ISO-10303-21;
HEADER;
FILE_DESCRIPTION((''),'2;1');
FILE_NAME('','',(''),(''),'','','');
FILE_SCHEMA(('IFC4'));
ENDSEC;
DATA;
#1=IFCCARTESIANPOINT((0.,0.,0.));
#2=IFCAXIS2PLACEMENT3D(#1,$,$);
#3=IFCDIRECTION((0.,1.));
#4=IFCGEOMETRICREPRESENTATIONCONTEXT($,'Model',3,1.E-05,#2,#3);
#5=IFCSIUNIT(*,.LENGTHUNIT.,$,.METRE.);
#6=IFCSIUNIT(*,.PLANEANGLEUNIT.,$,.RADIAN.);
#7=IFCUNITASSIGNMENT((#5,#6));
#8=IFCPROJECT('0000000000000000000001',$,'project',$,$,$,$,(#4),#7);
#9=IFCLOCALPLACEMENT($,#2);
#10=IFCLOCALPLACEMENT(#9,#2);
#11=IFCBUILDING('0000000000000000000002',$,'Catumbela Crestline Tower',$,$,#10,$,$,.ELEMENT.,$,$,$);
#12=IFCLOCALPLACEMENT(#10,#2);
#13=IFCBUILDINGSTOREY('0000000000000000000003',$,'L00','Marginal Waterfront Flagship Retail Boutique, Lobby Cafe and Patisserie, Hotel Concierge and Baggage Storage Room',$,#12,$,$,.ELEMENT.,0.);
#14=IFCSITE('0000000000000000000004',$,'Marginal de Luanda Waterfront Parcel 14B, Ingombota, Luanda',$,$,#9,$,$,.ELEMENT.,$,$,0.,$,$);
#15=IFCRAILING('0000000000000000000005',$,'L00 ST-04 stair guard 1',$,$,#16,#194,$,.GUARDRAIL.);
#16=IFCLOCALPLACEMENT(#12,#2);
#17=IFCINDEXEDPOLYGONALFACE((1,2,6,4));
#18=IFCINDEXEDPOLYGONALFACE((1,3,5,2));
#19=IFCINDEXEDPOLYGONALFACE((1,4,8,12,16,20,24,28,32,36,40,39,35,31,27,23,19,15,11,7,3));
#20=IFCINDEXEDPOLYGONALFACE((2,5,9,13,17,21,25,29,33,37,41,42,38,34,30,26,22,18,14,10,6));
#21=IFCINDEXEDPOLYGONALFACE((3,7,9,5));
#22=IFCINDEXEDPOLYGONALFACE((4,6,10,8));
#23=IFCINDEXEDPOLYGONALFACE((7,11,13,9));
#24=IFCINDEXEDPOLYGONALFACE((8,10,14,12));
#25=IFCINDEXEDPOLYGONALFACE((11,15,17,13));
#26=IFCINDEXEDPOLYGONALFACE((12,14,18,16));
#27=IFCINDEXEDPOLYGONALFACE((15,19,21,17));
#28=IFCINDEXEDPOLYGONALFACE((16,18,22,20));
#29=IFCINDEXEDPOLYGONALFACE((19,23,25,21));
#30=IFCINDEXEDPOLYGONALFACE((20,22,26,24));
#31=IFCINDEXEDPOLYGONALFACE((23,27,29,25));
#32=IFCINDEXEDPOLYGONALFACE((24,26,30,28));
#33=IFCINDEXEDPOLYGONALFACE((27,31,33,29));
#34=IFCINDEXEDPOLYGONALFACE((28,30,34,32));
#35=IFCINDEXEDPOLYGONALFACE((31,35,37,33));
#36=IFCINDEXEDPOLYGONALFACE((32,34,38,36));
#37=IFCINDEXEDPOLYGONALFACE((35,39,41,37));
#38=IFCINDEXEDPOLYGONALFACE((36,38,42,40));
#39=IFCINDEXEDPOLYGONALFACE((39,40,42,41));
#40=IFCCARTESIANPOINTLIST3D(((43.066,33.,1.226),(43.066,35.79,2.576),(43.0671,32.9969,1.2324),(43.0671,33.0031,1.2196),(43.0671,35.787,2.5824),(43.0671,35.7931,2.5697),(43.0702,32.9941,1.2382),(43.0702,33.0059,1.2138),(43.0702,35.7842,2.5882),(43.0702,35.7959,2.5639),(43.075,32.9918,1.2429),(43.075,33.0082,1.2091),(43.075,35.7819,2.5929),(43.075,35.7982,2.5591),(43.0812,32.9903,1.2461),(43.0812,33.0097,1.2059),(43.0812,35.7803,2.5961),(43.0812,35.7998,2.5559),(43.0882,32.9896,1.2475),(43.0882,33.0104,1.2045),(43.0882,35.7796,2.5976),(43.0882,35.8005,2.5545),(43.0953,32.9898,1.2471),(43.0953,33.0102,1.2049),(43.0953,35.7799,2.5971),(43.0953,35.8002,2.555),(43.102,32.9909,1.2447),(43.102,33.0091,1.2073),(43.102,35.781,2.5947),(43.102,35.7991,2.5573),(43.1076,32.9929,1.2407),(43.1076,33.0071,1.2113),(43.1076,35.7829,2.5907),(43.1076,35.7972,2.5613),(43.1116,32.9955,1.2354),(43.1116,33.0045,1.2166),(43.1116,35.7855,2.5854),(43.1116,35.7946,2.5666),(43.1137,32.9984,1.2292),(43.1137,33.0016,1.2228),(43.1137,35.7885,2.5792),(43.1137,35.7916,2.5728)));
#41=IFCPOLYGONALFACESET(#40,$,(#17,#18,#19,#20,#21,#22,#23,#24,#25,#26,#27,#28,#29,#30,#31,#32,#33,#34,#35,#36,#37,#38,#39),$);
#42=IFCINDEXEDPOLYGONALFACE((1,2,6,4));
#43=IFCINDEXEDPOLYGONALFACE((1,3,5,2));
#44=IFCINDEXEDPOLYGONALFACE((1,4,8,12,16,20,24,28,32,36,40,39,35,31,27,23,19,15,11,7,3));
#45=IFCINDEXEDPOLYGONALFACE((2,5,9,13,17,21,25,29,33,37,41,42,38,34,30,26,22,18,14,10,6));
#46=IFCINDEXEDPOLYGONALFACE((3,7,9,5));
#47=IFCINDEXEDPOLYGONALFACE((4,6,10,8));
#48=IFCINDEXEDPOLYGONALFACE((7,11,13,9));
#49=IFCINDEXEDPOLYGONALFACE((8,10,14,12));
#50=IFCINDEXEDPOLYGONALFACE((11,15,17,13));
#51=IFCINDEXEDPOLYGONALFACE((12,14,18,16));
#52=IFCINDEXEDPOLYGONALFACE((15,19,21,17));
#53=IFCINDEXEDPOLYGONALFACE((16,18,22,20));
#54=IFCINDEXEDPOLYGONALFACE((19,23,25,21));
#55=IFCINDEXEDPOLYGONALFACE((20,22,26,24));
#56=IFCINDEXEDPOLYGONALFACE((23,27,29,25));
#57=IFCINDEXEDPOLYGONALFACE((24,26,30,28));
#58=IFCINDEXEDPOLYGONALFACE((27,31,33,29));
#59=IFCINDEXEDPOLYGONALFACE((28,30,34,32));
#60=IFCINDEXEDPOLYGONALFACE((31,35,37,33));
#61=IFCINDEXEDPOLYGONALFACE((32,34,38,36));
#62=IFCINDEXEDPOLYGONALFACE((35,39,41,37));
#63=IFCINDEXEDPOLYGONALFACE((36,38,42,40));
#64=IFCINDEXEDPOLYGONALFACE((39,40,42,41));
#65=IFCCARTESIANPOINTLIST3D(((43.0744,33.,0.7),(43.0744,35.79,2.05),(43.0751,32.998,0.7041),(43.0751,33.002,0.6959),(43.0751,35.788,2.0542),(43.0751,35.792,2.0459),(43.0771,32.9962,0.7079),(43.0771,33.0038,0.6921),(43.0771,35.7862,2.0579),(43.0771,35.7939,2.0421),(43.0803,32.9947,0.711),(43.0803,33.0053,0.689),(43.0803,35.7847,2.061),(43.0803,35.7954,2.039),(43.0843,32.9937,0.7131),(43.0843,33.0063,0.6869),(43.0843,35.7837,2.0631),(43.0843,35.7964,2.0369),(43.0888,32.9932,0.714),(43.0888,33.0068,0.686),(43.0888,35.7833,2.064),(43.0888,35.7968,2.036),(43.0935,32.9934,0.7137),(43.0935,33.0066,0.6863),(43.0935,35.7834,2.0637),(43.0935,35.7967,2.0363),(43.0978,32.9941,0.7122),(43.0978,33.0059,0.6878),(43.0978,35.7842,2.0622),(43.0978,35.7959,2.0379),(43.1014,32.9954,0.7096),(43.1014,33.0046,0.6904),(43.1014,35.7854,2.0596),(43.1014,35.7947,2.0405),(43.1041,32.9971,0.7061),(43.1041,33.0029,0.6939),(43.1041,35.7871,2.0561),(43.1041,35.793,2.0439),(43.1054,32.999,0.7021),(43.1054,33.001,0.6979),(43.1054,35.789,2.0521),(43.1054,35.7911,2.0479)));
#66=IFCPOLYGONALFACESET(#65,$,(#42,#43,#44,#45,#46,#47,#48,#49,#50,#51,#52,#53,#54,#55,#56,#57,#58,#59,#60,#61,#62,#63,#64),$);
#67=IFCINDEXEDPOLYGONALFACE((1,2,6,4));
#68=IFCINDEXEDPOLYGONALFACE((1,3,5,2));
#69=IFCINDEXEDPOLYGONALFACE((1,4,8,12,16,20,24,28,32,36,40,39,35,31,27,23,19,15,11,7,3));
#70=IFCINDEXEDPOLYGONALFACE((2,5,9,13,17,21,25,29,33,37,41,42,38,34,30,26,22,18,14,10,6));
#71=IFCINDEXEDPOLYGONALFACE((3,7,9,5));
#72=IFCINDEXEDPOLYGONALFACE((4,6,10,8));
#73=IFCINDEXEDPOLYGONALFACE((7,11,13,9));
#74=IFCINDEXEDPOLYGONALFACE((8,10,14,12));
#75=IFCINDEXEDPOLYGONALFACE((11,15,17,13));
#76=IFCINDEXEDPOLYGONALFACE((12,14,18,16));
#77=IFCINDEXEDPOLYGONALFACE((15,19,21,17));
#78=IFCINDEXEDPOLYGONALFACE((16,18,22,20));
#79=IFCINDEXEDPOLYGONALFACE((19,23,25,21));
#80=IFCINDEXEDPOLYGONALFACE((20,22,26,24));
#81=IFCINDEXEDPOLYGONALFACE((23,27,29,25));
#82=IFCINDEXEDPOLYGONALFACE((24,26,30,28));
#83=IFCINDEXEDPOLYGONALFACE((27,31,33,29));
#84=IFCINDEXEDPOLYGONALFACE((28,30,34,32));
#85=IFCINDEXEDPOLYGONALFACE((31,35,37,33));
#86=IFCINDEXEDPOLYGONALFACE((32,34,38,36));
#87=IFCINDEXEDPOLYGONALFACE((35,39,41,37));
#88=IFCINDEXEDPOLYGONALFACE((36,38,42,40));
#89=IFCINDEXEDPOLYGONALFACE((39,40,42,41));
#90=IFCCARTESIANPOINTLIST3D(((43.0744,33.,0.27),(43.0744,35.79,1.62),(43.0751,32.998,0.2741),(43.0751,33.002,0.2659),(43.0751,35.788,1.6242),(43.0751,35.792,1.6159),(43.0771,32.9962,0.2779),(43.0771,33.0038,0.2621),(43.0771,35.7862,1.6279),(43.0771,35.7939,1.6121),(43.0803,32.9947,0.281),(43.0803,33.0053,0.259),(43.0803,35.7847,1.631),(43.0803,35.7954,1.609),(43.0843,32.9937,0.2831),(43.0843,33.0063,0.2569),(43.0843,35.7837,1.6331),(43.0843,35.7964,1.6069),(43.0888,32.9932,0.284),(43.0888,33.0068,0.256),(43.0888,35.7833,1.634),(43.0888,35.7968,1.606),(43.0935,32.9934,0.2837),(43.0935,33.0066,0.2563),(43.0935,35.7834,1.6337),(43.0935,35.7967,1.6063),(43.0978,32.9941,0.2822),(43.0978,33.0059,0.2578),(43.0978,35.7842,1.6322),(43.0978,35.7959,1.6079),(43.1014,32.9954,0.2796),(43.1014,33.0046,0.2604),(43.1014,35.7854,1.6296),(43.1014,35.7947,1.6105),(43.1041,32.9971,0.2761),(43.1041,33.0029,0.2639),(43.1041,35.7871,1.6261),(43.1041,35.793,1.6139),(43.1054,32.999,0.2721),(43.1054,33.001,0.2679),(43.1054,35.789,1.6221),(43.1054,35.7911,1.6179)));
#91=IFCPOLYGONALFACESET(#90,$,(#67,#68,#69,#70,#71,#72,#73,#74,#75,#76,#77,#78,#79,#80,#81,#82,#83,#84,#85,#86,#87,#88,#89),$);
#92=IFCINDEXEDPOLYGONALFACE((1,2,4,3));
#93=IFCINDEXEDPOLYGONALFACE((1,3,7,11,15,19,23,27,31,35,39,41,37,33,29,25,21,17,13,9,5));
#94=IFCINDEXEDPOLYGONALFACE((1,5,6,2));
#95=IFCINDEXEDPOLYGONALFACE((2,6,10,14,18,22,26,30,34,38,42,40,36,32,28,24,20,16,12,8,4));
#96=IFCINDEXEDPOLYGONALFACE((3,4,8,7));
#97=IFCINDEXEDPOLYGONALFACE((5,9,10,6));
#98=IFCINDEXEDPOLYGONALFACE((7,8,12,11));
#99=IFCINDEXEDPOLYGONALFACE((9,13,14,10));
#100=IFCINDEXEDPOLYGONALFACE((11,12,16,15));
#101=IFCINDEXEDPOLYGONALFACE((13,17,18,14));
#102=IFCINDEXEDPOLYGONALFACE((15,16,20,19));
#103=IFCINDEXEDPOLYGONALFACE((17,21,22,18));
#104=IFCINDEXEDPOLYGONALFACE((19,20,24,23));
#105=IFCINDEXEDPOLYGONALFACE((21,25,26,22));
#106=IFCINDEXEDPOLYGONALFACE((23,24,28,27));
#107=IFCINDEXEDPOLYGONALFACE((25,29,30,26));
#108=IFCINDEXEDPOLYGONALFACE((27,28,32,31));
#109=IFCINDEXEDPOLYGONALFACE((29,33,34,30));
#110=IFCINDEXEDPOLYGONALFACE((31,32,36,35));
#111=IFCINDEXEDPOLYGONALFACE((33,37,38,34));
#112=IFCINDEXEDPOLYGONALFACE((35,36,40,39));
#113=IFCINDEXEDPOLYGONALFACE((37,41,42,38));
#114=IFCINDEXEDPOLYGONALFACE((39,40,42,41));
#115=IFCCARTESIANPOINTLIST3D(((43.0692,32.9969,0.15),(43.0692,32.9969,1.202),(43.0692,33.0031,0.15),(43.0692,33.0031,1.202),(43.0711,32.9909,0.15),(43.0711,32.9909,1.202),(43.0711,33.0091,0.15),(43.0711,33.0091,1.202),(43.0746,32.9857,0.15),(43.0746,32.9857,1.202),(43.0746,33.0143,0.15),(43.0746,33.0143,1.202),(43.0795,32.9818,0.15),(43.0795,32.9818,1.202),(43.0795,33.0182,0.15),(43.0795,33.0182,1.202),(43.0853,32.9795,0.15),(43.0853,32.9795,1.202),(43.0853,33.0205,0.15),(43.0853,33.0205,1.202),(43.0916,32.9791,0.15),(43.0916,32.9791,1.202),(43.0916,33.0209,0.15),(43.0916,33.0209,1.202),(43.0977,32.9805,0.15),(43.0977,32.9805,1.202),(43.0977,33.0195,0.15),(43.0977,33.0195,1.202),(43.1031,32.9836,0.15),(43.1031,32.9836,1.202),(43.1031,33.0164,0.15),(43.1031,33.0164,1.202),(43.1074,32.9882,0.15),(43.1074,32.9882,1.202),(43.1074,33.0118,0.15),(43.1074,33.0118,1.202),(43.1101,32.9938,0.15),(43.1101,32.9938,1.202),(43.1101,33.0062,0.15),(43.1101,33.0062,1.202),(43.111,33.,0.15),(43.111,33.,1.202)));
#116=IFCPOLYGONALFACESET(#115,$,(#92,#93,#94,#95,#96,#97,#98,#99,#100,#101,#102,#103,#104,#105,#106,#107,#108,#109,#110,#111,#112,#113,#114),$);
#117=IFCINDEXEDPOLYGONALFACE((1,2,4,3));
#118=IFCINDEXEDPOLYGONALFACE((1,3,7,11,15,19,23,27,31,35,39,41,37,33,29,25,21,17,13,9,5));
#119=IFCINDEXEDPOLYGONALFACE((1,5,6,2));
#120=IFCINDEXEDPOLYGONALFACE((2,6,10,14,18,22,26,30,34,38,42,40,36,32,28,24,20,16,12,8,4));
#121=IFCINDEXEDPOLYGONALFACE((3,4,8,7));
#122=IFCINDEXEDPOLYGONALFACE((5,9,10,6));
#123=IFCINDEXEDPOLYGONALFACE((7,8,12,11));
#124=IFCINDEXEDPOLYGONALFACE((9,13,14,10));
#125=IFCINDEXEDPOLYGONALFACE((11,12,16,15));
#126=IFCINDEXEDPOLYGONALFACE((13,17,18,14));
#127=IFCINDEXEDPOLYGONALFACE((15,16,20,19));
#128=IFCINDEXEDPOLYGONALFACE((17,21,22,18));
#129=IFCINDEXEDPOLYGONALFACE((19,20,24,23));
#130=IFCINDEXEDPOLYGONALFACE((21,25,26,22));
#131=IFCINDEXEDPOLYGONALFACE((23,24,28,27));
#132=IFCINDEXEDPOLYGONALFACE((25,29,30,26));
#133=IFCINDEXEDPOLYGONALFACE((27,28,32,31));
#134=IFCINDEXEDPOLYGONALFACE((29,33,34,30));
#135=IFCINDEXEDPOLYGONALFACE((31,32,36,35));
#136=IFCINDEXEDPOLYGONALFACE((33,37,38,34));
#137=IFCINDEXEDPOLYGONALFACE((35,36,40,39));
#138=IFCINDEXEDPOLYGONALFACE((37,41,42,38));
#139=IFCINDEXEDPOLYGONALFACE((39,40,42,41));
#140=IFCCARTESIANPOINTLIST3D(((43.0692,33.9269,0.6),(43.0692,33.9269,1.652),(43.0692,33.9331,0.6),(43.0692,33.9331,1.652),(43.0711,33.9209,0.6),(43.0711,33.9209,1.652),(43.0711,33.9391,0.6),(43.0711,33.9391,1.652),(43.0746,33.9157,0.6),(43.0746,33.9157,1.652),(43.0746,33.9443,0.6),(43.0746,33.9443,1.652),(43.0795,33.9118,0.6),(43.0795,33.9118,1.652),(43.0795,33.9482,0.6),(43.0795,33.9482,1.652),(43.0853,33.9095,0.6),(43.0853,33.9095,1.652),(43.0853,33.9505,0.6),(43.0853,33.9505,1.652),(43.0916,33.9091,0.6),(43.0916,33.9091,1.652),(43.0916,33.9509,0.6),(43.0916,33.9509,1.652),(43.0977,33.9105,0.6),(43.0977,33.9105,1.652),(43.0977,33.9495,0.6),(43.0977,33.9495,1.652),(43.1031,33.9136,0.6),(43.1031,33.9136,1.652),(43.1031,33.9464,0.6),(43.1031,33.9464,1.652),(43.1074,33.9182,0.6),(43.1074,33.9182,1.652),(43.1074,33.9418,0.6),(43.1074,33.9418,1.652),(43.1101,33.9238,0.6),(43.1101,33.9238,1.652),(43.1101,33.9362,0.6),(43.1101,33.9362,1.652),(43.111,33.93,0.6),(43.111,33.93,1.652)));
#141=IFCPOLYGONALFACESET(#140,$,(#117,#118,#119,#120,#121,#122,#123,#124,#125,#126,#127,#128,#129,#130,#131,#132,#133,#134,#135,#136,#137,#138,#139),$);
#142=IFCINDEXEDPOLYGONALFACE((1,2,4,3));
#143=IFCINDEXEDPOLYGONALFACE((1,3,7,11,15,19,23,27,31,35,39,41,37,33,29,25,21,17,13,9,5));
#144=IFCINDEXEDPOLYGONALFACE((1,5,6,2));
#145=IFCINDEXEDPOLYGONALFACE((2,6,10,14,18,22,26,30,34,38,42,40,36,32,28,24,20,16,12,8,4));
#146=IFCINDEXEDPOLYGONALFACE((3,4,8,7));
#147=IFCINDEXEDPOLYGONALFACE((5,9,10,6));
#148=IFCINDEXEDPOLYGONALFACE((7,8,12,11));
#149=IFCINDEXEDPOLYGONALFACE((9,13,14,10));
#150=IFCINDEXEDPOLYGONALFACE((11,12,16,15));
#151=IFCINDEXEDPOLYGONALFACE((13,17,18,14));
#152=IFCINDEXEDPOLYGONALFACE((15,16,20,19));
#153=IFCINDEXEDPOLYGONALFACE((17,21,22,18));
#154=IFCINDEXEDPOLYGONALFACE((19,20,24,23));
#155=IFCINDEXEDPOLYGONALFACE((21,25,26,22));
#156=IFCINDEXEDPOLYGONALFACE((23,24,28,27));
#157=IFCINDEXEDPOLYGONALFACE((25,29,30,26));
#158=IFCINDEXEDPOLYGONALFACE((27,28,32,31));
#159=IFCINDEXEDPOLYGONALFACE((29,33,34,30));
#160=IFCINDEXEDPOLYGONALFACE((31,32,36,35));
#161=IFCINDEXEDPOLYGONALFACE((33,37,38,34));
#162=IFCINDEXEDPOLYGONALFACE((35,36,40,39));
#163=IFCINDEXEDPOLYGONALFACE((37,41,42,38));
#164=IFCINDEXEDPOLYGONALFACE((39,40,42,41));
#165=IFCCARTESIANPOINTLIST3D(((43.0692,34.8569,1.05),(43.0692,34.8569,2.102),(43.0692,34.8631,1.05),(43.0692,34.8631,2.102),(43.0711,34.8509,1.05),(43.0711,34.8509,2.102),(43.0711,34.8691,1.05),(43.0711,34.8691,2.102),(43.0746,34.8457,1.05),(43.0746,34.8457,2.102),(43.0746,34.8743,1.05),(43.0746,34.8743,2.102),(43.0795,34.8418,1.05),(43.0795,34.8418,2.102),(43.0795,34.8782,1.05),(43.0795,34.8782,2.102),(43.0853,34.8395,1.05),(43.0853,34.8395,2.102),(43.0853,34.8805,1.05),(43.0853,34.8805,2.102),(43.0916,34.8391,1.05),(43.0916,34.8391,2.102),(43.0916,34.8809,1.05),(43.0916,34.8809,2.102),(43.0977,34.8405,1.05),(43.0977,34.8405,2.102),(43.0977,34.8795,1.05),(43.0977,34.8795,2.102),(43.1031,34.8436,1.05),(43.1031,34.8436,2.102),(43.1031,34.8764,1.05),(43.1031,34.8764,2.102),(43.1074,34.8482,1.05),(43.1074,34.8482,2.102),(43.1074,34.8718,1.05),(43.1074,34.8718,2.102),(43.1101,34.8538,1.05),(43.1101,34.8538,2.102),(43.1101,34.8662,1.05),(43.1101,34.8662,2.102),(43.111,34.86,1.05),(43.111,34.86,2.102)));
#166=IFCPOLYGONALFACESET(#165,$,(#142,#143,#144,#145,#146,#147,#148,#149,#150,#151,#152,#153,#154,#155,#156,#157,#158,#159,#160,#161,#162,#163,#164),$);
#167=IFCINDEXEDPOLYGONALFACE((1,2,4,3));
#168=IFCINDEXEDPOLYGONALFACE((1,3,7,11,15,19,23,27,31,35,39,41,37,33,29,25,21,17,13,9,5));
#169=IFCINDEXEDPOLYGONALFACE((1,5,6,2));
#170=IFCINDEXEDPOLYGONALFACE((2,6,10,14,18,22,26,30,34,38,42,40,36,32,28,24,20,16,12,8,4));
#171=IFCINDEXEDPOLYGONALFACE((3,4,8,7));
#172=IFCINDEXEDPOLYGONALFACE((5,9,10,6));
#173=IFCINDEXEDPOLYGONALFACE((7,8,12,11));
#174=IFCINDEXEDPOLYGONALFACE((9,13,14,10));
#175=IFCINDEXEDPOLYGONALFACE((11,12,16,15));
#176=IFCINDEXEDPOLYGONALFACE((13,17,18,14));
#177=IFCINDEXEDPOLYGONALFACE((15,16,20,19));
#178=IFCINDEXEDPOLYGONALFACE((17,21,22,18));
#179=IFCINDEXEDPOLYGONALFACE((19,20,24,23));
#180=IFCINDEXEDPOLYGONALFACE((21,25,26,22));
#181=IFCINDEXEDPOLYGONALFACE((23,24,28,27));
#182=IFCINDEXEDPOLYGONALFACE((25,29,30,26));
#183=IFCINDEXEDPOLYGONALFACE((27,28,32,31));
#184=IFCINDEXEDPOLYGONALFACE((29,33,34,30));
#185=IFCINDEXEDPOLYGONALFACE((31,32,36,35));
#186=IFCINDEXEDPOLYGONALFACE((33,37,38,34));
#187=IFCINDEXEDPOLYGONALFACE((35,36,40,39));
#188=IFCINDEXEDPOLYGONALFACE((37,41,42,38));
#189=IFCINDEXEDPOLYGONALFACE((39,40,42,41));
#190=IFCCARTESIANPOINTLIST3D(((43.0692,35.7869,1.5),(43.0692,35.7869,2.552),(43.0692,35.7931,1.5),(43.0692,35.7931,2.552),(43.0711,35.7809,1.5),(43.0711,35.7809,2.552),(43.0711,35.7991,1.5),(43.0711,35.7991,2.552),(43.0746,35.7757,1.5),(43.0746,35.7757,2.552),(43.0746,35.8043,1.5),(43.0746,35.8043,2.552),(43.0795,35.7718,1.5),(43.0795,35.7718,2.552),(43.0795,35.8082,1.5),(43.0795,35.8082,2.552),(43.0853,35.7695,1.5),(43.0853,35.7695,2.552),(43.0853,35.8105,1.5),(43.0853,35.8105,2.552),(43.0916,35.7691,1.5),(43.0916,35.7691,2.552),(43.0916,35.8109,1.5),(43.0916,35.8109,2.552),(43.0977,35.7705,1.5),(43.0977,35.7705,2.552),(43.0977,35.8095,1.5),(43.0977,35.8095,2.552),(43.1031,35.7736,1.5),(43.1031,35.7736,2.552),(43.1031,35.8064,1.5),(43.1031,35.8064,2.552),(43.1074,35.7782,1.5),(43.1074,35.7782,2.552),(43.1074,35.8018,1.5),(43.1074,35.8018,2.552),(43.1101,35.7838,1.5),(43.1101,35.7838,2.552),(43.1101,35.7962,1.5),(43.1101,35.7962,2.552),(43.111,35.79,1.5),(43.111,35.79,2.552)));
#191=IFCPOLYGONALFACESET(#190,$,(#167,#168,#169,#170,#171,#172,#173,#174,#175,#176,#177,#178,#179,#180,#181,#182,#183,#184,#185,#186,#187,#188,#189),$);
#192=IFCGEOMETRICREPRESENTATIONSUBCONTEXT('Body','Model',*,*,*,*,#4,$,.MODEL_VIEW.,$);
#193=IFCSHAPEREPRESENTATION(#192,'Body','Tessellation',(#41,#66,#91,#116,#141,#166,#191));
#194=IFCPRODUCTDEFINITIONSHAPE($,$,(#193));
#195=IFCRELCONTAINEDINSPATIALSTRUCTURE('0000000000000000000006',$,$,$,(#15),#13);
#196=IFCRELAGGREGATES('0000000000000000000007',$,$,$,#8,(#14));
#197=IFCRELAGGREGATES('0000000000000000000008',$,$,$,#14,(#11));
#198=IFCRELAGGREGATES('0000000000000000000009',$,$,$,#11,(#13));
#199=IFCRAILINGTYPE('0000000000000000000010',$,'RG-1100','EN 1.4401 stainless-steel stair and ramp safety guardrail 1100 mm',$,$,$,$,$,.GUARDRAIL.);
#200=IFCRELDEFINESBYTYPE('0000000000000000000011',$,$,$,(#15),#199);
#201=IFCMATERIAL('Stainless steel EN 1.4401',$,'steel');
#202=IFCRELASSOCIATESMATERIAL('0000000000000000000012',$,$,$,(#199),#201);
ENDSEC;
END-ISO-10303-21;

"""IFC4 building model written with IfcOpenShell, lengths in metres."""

from ifc_helpers import new_model, si_unit, direction, frame, origin, origin_2d, place, context, subcontext, project, spatial, circle, extrude, material, type_object, element, save


model = new_model("IFC4")

# Units and contexts
model_context = context("Model", 3, precision=1e-05, world=origin(), true_north=direction((0.0, 1.0)))
body_context = subcontext(model_context, "Body", "Model", "MODEL_VIEW")
ifc_project = project(units=[si_unit("LENGTHUNIT", "METRE"), si_unit("PLANEANGLEUNIT", "RADIAN")], contexts=[model_context])

# Site, building, storey
site_placement = place(None, origin())
site = spatial("IfcSite", under=ifc_project, at=site_placement, Name="Marginal de Luanda Waterfront Parcel 14B, Ingombota, Luanda", CompositionType="ELEMENT", RefElevation=0.0)
building_placement = place(site_placement, origin())
building = spatial("IfcBuilding", under=site, at=building_placement, Name="Catumbela Crestline Tower", CompositionType="ELEMENT")
storey_placement = place(building_placement, origin())
storey = spatial("IfcBuildingStorey", under=building, at=storey_placement, Name="L00", Description="Marginal Waterfront Flagship Retail Boutique, Lobby Cafe and Patisserie, Hotel Concierge and Baggage Storage Room", CompositionType="ELEMENT", Elevation=0.0)

# Shared definitions
ifc_material_1 = material(Name="Stainless steel EN 1.4401", Category="steel")

# Railing
railing_type_1 = type_object("IfcRailingType", Name="RG-1100", Description="EN 1.4401 stainless-steel stair and ramp safety guardrail 1100 mm", PredefinedType="GUARDRAIL", material=ifc_material_1)
railing_1_placement = place(storey_placement, frame((43.09, 33.0, 0.15)))
element("IfcRailing", 1, at=railing_1_placement, inside=storey, type_object=railing_type_1, Name="L00 ST-04 stair guard 1", PredefinedType="GUARDRAIL", context=body_context, shape_type="SweptSolid", body=[
    extrude(circle(Radius=0.024, at=origin_2d()), frame((0.0, 0.0, 1.076), z_axis=(0.0, 0.900159, 0.435561), x_axis=(-1.0, 0.0, 0.0)), (0.0, 0.0, 1.0), 3.0995),
    extrude(circle(Radius=0.0156, at=origin_2d()), frame((0.0, 0.0, 0.55), z_axis=(0.0, 0.900159, 0.435561), x_axis=(-1.0, 0.0, 0.0)), (0.0, 0.0, 1.0), 3.0995),
    extrude(circle(Radius=0.0156, at=origin_2d()), frame((0.0, 0.0, 0.12), z_axis=(0.0, 0.900159, 0.435561), x_axis=(-1.0, 0.0, 0.0)), (0.0, 0.0, 1.0), 3.0995),
    extrude(circle(Radius=0.021, at=origin_2d()), origin(), (0.0, 0.0, 1.0), 1.052),
    extrude(circle(Radius=0.021, at=origin_2d()), frame((0.0, 0.93, 0.45)), (0.0, 0.0, 1.0), 1.052),
    extrude(circle(Radius=0.021, at=origin_2d()), frame((0.0, 1.86, 0.9)), (0.0, 0.0, 1.0), 1.052),
    extrude(circle(Radius=0.021, at=origin_2d()), frame((0.0, 2.79, 1.35)), (0.0, 0.0, 1.0), 1.052),
])

save(model, "model.ifc")
